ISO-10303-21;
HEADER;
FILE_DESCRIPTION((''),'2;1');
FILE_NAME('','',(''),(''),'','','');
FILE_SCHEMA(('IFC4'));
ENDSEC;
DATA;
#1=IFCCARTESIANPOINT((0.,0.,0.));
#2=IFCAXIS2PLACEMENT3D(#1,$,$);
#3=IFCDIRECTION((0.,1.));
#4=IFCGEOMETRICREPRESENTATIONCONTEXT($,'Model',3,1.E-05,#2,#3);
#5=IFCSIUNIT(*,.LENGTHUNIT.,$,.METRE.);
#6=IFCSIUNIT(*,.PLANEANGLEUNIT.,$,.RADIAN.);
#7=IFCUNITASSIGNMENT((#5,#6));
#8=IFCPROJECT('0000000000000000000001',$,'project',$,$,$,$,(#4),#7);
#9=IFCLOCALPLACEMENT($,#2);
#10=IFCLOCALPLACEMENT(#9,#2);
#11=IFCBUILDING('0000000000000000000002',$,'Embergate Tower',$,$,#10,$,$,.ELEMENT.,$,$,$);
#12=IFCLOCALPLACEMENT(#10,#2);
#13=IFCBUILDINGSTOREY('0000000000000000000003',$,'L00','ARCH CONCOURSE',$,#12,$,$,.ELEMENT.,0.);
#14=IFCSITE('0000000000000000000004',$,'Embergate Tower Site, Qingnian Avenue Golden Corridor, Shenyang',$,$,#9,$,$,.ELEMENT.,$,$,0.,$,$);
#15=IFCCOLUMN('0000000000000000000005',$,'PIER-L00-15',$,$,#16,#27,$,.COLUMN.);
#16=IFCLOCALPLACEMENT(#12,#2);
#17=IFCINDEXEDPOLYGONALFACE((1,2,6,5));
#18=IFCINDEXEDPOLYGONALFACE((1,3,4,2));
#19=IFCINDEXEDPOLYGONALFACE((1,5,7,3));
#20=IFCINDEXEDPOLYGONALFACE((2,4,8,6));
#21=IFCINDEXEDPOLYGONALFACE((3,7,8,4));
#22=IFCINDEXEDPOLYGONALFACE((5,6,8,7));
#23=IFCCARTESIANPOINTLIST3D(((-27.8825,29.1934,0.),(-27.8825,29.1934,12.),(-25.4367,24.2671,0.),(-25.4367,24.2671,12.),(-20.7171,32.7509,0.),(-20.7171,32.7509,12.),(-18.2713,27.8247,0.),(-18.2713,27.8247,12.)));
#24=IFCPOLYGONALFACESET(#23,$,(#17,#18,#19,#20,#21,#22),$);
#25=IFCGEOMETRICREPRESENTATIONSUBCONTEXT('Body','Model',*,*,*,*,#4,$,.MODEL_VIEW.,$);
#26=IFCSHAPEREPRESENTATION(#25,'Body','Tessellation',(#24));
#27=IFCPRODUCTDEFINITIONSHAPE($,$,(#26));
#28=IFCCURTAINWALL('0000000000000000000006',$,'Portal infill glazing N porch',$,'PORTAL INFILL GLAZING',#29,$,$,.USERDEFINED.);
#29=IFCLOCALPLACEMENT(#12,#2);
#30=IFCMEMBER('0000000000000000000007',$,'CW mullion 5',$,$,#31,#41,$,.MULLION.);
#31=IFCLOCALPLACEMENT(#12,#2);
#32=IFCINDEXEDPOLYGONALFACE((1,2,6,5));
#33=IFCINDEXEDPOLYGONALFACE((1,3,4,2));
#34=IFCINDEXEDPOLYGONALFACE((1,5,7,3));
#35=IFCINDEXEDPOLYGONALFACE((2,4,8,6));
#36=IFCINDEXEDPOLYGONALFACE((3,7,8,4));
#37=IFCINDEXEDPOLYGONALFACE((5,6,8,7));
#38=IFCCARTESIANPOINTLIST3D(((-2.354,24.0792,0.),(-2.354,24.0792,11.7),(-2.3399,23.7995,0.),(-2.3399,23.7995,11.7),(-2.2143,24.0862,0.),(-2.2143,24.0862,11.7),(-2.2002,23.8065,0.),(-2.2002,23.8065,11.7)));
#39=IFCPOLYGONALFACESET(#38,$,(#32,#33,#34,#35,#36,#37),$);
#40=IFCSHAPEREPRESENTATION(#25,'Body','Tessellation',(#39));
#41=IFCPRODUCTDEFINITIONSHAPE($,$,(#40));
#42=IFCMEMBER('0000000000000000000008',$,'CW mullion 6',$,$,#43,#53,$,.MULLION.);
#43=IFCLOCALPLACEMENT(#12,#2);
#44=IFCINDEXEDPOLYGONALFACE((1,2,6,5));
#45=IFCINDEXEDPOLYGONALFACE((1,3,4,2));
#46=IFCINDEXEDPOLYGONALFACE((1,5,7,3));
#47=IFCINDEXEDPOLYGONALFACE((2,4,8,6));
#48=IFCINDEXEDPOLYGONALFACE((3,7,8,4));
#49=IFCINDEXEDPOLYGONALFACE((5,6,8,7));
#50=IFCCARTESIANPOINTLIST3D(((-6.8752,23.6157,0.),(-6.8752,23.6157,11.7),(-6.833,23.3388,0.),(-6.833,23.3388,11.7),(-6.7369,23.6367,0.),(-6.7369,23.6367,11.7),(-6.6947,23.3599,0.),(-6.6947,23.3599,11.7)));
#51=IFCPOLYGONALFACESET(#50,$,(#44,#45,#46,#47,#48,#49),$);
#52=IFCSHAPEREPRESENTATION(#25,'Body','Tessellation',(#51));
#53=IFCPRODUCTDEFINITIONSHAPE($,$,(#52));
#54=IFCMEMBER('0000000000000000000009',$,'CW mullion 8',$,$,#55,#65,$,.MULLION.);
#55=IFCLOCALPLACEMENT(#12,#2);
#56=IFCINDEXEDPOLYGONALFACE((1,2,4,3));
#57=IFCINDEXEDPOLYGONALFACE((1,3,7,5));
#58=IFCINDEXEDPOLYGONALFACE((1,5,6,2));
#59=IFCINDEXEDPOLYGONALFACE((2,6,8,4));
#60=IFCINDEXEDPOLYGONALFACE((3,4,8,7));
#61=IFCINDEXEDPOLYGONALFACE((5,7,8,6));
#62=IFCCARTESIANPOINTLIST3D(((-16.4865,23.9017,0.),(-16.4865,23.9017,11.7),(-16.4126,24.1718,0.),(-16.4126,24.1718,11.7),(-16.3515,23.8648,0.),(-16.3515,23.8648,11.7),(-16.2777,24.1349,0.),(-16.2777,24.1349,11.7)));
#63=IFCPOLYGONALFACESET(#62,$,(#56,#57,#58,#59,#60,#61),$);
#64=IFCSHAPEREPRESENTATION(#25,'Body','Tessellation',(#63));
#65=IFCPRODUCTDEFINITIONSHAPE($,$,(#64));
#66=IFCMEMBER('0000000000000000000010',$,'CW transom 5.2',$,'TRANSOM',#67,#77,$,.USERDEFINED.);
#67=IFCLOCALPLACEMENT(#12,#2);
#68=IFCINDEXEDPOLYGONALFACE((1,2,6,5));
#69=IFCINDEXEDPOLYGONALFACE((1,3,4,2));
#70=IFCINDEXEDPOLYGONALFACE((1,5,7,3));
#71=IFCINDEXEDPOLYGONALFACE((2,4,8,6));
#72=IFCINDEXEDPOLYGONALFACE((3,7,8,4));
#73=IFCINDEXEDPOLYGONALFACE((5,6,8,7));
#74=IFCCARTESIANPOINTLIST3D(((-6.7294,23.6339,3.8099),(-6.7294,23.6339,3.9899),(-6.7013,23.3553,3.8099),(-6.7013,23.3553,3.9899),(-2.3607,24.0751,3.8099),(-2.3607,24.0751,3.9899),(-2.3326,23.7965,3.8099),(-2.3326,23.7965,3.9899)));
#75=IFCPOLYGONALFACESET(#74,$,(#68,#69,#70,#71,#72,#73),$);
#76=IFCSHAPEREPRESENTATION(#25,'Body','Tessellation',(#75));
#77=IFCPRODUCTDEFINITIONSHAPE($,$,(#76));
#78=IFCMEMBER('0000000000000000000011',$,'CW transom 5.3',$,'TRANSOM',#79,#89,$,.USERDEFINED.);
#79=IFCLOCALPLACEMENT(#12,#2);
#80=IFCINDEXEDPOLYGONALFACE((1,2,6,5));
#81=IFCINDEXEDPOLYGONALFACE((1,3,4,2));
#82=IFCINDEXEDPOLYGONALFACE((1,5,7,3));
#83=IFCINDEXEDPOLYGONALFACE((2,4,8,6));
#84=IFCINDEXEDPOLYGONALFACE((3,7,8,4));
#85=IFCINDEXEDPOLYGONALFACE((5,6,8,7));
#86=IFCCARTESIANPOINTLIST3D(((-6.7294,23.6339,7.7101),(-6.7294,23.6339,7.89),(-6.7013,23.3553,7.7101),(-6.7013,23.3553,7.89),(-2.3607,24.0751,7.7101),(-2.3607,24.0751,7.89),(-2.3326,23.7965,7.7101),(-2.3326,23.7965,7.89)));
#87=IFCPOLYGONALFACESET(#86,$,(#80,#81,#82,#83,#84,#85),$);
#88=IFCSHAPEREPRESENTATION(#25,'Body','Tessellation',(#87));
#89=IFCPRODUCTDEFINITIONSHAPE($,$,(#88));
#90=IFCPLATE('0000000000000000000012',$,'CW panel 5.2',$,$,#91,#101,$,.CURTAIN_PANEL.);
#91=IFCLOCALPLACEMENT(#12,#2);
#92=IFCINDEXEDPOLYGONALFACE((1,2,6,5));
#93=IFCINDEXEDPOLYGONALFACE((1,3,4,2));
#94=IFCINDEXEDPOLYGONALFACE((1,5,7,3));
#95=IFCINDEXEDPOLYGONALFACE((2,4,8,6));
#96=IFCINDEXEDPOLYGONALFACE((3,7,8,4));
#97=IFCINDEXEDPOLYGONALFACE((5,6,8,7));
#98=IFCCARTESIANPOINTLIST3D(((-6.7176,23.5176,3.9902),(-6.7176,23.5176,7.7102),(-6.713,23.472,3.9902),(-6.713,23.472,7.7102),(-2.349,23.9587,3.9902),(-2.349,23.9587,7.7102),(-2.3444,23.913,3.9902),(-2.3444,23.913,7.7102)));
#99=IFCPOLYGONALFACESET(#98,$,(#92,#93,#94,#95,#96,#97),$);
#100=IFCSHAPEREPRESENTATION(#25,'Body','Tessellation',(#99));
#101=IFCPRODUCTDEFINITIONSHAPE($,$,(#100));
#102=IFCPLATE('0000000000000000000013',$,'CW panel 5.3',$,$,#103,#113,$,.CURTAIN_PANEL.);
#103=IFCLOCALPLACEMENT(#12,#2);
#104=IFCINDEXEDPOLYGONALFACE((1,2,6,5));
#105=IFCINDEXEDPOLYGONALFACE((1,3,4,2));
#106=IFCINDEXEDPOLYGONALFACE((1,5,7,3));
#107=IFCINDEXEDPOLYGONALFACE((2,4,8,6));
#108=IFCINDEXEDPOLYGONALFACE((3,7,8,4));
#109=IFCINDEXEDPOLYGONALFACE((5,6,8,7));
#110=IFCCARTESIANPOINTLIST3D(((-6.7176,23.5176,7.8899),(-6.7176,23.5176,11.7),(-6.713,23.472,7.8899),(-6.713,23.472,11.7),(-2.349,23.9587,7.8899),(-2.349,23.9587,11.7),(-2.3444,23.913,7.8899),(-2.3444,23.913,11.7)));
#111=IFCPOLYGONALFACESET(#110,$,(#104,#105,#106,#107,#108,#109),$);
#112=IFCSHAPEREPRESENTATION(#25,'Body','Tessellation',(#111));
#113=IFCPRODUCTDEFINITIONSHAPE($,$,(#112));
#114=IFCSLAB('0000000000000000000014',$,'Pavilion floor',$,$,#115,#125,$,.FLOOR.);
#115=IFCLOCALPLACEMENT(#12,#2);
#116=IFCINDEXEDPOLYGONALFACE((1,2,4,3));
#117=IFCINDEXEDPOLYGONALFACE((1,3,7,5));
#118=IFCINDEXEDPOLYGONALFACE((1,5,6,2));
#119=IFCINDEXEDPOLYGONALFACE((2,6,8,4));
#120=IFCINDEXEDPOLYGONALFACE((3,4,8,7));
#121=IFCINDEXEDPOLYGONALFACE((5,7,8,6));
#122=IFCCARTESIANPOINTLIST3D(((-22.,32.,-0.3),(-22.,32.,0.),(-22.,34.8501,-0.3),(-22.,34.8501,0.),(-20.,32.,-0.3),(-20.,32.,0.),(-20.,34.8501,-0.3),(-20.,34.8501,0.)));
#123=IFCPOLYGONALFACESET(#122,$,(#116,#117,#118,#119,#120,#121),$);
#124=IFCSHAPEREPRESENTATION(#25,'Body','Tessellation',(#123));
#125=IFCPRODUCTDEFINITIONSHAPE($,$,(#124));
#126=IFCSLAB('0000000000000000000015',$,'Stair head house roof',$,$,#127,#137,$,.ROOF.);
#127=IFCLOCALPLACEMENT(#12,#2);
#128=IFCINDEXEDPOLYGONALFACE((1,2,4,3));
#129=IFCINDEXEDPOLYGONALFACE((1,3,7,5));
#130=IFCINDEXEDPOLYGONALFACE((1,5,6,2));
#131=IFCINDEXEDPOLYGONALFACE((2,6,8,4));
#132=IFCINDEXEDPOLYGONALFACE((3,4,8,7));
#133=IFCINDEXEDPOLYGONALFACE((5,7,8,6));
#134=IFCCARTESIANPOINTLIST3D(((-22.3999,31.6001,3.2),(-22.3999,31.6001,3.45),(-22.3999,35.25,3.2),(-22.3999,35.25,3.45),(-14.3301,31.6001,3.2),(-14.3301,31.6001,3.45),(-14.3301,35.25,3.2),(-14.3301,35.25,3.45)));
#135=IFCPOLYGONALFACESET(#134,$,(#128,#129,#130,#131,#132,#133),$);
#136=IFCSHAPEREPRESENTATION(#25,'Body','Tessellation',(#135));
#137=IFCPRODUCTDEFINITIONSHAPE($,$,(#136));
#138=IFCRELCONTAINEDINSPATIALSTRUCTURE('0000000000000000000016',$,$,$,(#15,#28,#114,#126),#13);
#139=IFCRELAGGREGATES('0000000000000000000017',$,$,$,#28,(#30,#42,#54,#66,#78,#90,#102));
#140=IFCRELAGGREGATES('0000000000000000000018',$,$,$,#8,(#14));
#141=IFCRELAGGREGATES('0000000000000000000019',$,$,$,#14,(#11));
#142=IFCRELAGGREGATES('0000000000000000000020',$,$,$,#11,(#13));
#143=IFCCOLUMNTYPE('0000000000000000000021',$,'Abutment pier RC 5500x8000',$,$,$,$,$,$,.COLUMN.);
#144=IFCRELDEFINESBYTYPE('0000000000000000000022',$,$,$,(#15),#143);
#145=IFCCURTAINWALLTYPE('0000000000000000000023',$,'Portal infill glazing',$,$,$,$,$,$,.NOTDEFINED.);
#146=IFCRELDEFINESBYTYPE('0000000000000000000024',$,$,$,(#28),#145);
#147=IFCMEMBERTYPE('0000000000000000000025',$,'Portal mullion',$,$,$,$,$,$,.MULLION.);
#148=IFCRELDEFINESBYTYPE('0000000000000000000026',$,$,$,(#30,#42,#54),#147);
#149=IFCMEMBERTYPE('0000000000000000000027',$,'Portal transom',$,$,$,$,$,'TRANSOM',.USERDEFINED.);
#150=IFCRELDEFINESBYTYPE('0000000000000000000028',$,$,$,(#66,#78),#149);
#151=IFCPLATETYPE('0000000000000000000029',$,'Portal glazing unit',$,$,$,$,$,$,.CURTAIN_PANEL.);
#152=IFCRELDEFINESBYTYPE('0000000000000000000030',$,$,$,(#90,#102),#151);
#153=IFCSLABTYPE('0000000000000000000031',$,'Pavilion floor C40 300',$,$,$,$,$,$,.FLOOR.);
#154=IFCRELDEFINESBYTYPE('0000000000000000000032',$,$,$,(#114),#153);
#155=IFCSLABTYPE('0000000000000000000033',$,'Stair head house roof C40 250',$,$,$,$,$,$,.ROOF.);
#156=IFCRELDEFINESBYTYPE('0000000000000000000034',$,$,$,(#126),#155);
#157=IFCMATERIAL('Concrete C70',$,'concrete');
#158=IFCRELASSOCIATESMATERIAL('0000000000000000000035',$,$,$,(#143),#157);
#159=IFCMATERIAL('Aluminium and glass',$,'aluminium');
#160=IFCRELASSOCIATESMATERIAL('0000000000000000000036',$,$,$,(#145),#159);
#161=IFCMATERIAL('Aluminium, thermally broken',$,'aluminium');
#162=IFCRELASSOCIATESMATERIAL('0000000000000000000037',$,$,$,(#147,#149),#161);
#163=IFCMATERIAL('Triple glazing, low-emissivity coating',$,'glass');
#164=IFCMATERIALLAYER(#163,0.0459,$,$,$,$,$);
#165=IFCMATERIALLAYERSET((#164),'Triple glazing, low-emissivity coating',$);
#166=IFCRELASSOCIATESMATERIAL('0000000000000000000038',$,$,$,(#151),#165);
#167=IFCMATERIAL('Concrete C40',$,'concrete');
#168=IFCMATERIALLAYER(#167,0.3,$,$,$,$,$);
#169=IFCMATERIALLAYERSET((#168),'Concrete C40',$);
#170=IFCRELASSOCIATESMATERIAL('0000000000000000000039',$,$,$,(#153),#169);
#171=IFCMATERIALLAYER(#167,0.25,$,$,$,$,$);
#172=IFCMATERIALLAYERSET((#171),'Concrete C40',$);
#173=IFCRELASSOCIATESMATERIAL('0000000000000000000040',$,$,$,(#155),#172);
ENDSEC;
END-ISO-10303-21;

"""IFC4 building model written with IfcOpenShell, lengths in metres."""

from ifc_helpers import new_model, si_unit, direction, frame, origin, origin_2d, place, context, subcontext, project, spatial, polyline, rectangle, outline, extrude, source, transform, mapped, material, layer, layer_set, material_profile, profile_set, type_object, element, aggregate, save


model = new_model("IFC4")

# Units and contexts
model_context = context("Model", 3, precision=1e-05, world=origin(), true_north=direction((0.0, 1.0)))
body_context = subcontext(model_context, "Body", "Model", "MODEL_VIEW")
ifc_project = project(units=[si_unit("LENGTHUNIT", "METRE"), si_unit("PLANEANGLEUNIT", "RADIAN")], contexts=[model_context])

# Site, building, storey
site_placement = place(None, origin())
site = spatial("IfcSite", under=ifc_project, at=site_placement, Name="Embergate Tower Site, Qingnian Avenue Golden Corridor, Shenyang", CompositionType="ELEMENT", RefElevation=0.0)
building_placement = place(site_placement, origin())
building = spatial("IfcBuilding", under=site, at=building_placement, Name="Embergate Tower", CompositionType="ELEMENT")
storey_placement = place(building_placement, origin())
storey = spatial("IfcBuildingStorey", under=building, at=storey_placement, Name="L00", Description="ARCH CONCOURSE", CompositionType="ELEMENT", Elevation=0.0)

# Column
ifc_material_1 = material(Name="Concrete C70", Category="concrete")
ifc_material_profile_1 = material_profile(ifc_material_1, rectangle(XDim=5.5, YDim=8.0, at=origin_2d()), Name="RC 5500x8000")
ifc_profile_set_1 = profile_set([ifc_material_profile_1], Name="Concrete C70")
column_type = type_object("IfcColumnType", Name="Abutment pier RC 5500x8000", PredefinedType="COLUMN", material=ifc_profile_set_1)
shared_shape_1 = source(origin(), body_context, "Body", "SweptSolid", [
    extrude(rectangle(XDim=5.5, YDim=8.0, at=origin_2d()), origin(), (0.0, 0.0, 1.0), 12.0),
])
column_placement = place(storey_placement, frame((-23.0769, 28.509, 0.0), z_axis=(0.0, 0.0, 1.0), x_axis=(-0.444698, 0.895681, 0.0)))
element("IfcColumn", 1, at=column_placement, inside=storey, type_object=column_type, Name="PIER-L00-15", PredefinedType="COLUMN", context=body_context, shape_type="MappedRepresentation", body=[
    mapped(shared_shape_1, transform((0.0, 0.0, 0.0))),
])

# Curtain wall, members, plates
ifc_material_2 = material(Name="Aluminium and glass", Category="aluminium")
curtain_wall_type = type_object("IfcCurtainWallType", Name="Portal infill glazing", PredefinedType="NOTDEFINED", material=ifc_material_2)
curtain_wall_placement = place(storey_placement, origin())
curtain_wall = element("IfcCurtainWall", 2, at=curtain_wall_placement, inside=storey, type_object=curtain_wall_type, Name="Portal infill glazing N porch", ObjectType="PORTAL INFILL GLAZING", PredefinedType="USERDEFINED")
ifc_material_3 = material(Name="Aluminium, thermally broken", Category="aluminium")
ifc_material_profile_2 = material_profile(ifc_material_3, rectangle(XDim=0.28, YDim=0.1399, at=origin_2d()), Name="AL 140x280")
ifc_profile_set_2 = profile_set([ifc_material_profile_2], Name="Aluminium, thermally broken")
member_type_1 = type_object("IfcMemberType", Name="Portal mullion", PredefinedType="MULLION", material=ifc_profile_set_2)
shared_shape_2 = source(origin(), body_context, "Body", "SweptSolid", [
    extrude(rectangle(XDim=0.28, YDim=0.1399, at=origin_2d()), origin(), (0.0, 0.0, 1.0), 11.7),
])
member_1_placement = place(storey_placement, frame((-2.2771, 23.9429, 0.0), z_axis=(0.0, 0.0, 1.0), x_axis=(0.050161, -0.998741, 0.0)))
member_1 = element("IfcMember", 3, at=member_1_placement, type_object=member_type_1, Name="CW mullion 5", PredefinedType="MULLION", context=body_context, shape_type="MappedRepresentation", body=[
    mapped(shared_shape_2, transform((0.0, 0.0, 0.0))),
])
member_2_placement = place(storey_placement, frame((-6.7849, 23.4878, 0.0), z_axis=(0.0, 0.0, 1.0), x_axis=(0.150667, -0.988585, 0.0)))
member_2 = element("IfcMember", 4, at=member_2_placement, type_object=member_type_1, Name="CW mullion 6", PredefinedType="MULLION", context=body_context, shape_type="MappedRepresentation", body=[
    mapped(shared_shape_2, transform((0.0, 0.0, 0.0))),
])
member_3_placement = place(storey_placement, frame((-16.3821, 24.0183, 0.0), z_axis=(0.0, 0.0, 1.0), x_axis=(-0.263693, -0.964607, 0.0)))
member_3 = element("IfcMember", 5, at=member_3_placement, type_object=member_type_1, Name="CW mullion 8", PredefinedType="MULLION", context=body_context, shape_type="MappedRepresentation", body=[
    mapped(shared_shape_2, transform((0.0, 0.0, 0.0))),
])
ifc_material_profile_3 = material_profile(ifc_material_3, rectangle(XDim=0.28, YDim=0.1799, at=origin_2d()), Name="AL 180x280")
ifc_profile_set_3 = profile_set([ifc_material_profile_3], Name="Aluminium, thermally broken")
member_type_2 = type_object("IfcMemberType", Name="Portal transom", ElementType="TRANSOM", PredefinedType="USERDEFINED", material=ifc_profile_set_3)
shared_shape_3 = source(origin(), body_context, "Body", "SweptSolid", [
    extrude(rectangle(XDim=0.28, YDim=0.1799, at=origin_2d()), origin(), (0.0, 0.0, 1.0), 4.3909),
])
member_4_placement = place(storey_placement, frame((-2.3467, 23.9358, 3.8999), z_axis=(-0.99494, -0.100473, 0.0), x_axis=(0.100473, -0.99494, 0.0)))
member_4 = element("IfcMember", 6, at=member_4_placement, type_object=member_type_2, Name="CW transom 5.2", ObjectType="TRANSOM", PredefinedType="USERDEFINED", context=body_context, shape_type="MappedRepresentation", body=[
    mapped(shared_shape_3, transform((0.0, 0.0, 0.0))),
])
member_5_placement = place(storey_placement, frame((-2.3467, 23.9358, 7.8), z_axis=(-0.99494, -0.100473, 0.0), x_axis=(0.100473, -0.99494, 0.0)))
member_5 = element("IfcMember", 7, at=member_5_placement, type_object=member_type_2, Name="CW transom 5.3", ObjectType="TRANSOM", PredefinedType="USERDEFINED", context=body_context, shape_type="MappedRepresentation", body=[
    mapped(shared_shape_3, transform((0.0, 0.0, 0.0))),
])
ifc_material_4 = material(Name="Triple glazing, low-emissivity coating", Category="glass")
ifc_layer_1 = layer(ifc_material_4, 0.0459)
ifc_layer_set_1 = layer_set([ifc_layer_1], Name="Triple glazing, low-emissivity coating")
plate_type = type_object("IfcPlateType", Name="Portal glazing unit", PredefinedType="CURTAIN_PANEL", material=ifc_layer_set_1)
shared_shape_4 = source(origin(), body_context, "Body", "SweptSolid", [
    extrude(rectangle(XDim=4.3909, YDim=0.0459, at=origin_2d()), origin(), (0.0, 0.0, 1.0), 3.72),
])
plate_1_placement = place(storey_placement, frame((-4.531, 23.7153, 3.9902), z_axis=(0.0, 0.0, 1.0), x_axis=(-0.994942, -0.100452, 0.0)))
plate_1 = element("IfcPlate", 8, at=plate_1_placement, type_object=plate_type, Name="CW panel 5.2", PredefinedType="CURTAIN_PANEL", context=body_context, shape_type="MappedRepresentation", body=[
    mapped(shared_shape_4, transform((0.0, 0.0, 0.0))),
])
shared_shape_5 = source(origin(), body_context, "Body", "SweptSolid", [
    extrude(rectangle(XDim=4.3909, YDim=0.0459, at=origin_2d()), origin(), (0.0, 0.0, 1.0), 3.8101),
])
plate_2_placement = place(storey_placement, frame((-4.531, 23.7153, 7.8899), z_axis=(0.0, 0.0, 1.0), x_axis=(-0.994942, -0.100452, 0.0)))
plate_2 = element("IfcPlate", 9, at=plate_2_placement, type_object=plate_type, Name="CW panel 5.3", PredefinedType="CURTAIN_PANEL", context=body_context, shape_type="MappedRepresentation", body=[
    mapped(shared_shape_5, transform((0.0, 0.0, 0.0))),
])
aggregate(curtain_wall, [member_1, member_2, member_3, member_4, member_5, plate_1, plate_2])

# Slabs
ifc_material_5 = material(Name="Concrete C40", Category="concrete")
ifc_layer_2 = layer(ifc_material_5, 0.3)
ifc_layer_set_2 = layer_set([ifc_layer_2], Name="Concrete C40")
slab_type_1 = type_object("IfcSlabType", Name="Pavilion floor C40 300", PredefinedType="FLOOR", material=ifc_layer_set_2)
shared_shape_6 = source(origin(), body_context, "Body", "SweptSolid", [
    extrude(outline(polyline([(0.0, 0.0), (0.0, 2.8501), (2.0, 2.8501), (2.0, 0.0), (0.0, 0.0)])), origin(), (0.0, 0.0, 1.0), 0.3),
])
slab_1_placement = place(storey_placement, frame((-22.0, 32.0, -0.3)))
element("IfcSlab", 10, at=slab_1_placement, inside=storey, type_object=slab_type_1, Name="Pavilion floor", PredefinedType="FLOOR", context=body_context, shape_type="MappedRepresentation", body=[
    mapped(shared_shape_6, transform((0.0, 0.0, 0.0))),
])
ifc_layer_3 = layer(ifc_material_5, 0.25)
ifc_layer_set_3 = layer_set([ifc_layer_3], Name="Concrete C40")
slab_type_2 = type_object("IfcSlabType", Name="Stair head house roof C40 250", PredefinedType="ROOF", material=ifc_layer_set_3)
shared_shape_7 = source(origin(), body_context, "Body", "SweptSolid", [
    extrude(outline(polyline([(0.0, 0.0), (8.0698, 0.0), (8.0698, 3.6499), (0.0, 3.6499), (0.0, 0.0)])), origin(), (0.0, 0.0, 1.0), 0.25),
])
slab_2_placement = place(storey_placement, frame((-22.3999, 31.6001, 3.2)))
element("IfcSlab", 11, at=slab_2_placement, inside=storey, type_object=slab_type_2, Name="Stair head house roof", PredefinedType="ROOF", context=body_context, shape_type="MappedRepresentation", body=[
    mapped(shared_shape_7, transform((0.0, 0.0, 0.0))),
])

save(model, "model.ifc")
